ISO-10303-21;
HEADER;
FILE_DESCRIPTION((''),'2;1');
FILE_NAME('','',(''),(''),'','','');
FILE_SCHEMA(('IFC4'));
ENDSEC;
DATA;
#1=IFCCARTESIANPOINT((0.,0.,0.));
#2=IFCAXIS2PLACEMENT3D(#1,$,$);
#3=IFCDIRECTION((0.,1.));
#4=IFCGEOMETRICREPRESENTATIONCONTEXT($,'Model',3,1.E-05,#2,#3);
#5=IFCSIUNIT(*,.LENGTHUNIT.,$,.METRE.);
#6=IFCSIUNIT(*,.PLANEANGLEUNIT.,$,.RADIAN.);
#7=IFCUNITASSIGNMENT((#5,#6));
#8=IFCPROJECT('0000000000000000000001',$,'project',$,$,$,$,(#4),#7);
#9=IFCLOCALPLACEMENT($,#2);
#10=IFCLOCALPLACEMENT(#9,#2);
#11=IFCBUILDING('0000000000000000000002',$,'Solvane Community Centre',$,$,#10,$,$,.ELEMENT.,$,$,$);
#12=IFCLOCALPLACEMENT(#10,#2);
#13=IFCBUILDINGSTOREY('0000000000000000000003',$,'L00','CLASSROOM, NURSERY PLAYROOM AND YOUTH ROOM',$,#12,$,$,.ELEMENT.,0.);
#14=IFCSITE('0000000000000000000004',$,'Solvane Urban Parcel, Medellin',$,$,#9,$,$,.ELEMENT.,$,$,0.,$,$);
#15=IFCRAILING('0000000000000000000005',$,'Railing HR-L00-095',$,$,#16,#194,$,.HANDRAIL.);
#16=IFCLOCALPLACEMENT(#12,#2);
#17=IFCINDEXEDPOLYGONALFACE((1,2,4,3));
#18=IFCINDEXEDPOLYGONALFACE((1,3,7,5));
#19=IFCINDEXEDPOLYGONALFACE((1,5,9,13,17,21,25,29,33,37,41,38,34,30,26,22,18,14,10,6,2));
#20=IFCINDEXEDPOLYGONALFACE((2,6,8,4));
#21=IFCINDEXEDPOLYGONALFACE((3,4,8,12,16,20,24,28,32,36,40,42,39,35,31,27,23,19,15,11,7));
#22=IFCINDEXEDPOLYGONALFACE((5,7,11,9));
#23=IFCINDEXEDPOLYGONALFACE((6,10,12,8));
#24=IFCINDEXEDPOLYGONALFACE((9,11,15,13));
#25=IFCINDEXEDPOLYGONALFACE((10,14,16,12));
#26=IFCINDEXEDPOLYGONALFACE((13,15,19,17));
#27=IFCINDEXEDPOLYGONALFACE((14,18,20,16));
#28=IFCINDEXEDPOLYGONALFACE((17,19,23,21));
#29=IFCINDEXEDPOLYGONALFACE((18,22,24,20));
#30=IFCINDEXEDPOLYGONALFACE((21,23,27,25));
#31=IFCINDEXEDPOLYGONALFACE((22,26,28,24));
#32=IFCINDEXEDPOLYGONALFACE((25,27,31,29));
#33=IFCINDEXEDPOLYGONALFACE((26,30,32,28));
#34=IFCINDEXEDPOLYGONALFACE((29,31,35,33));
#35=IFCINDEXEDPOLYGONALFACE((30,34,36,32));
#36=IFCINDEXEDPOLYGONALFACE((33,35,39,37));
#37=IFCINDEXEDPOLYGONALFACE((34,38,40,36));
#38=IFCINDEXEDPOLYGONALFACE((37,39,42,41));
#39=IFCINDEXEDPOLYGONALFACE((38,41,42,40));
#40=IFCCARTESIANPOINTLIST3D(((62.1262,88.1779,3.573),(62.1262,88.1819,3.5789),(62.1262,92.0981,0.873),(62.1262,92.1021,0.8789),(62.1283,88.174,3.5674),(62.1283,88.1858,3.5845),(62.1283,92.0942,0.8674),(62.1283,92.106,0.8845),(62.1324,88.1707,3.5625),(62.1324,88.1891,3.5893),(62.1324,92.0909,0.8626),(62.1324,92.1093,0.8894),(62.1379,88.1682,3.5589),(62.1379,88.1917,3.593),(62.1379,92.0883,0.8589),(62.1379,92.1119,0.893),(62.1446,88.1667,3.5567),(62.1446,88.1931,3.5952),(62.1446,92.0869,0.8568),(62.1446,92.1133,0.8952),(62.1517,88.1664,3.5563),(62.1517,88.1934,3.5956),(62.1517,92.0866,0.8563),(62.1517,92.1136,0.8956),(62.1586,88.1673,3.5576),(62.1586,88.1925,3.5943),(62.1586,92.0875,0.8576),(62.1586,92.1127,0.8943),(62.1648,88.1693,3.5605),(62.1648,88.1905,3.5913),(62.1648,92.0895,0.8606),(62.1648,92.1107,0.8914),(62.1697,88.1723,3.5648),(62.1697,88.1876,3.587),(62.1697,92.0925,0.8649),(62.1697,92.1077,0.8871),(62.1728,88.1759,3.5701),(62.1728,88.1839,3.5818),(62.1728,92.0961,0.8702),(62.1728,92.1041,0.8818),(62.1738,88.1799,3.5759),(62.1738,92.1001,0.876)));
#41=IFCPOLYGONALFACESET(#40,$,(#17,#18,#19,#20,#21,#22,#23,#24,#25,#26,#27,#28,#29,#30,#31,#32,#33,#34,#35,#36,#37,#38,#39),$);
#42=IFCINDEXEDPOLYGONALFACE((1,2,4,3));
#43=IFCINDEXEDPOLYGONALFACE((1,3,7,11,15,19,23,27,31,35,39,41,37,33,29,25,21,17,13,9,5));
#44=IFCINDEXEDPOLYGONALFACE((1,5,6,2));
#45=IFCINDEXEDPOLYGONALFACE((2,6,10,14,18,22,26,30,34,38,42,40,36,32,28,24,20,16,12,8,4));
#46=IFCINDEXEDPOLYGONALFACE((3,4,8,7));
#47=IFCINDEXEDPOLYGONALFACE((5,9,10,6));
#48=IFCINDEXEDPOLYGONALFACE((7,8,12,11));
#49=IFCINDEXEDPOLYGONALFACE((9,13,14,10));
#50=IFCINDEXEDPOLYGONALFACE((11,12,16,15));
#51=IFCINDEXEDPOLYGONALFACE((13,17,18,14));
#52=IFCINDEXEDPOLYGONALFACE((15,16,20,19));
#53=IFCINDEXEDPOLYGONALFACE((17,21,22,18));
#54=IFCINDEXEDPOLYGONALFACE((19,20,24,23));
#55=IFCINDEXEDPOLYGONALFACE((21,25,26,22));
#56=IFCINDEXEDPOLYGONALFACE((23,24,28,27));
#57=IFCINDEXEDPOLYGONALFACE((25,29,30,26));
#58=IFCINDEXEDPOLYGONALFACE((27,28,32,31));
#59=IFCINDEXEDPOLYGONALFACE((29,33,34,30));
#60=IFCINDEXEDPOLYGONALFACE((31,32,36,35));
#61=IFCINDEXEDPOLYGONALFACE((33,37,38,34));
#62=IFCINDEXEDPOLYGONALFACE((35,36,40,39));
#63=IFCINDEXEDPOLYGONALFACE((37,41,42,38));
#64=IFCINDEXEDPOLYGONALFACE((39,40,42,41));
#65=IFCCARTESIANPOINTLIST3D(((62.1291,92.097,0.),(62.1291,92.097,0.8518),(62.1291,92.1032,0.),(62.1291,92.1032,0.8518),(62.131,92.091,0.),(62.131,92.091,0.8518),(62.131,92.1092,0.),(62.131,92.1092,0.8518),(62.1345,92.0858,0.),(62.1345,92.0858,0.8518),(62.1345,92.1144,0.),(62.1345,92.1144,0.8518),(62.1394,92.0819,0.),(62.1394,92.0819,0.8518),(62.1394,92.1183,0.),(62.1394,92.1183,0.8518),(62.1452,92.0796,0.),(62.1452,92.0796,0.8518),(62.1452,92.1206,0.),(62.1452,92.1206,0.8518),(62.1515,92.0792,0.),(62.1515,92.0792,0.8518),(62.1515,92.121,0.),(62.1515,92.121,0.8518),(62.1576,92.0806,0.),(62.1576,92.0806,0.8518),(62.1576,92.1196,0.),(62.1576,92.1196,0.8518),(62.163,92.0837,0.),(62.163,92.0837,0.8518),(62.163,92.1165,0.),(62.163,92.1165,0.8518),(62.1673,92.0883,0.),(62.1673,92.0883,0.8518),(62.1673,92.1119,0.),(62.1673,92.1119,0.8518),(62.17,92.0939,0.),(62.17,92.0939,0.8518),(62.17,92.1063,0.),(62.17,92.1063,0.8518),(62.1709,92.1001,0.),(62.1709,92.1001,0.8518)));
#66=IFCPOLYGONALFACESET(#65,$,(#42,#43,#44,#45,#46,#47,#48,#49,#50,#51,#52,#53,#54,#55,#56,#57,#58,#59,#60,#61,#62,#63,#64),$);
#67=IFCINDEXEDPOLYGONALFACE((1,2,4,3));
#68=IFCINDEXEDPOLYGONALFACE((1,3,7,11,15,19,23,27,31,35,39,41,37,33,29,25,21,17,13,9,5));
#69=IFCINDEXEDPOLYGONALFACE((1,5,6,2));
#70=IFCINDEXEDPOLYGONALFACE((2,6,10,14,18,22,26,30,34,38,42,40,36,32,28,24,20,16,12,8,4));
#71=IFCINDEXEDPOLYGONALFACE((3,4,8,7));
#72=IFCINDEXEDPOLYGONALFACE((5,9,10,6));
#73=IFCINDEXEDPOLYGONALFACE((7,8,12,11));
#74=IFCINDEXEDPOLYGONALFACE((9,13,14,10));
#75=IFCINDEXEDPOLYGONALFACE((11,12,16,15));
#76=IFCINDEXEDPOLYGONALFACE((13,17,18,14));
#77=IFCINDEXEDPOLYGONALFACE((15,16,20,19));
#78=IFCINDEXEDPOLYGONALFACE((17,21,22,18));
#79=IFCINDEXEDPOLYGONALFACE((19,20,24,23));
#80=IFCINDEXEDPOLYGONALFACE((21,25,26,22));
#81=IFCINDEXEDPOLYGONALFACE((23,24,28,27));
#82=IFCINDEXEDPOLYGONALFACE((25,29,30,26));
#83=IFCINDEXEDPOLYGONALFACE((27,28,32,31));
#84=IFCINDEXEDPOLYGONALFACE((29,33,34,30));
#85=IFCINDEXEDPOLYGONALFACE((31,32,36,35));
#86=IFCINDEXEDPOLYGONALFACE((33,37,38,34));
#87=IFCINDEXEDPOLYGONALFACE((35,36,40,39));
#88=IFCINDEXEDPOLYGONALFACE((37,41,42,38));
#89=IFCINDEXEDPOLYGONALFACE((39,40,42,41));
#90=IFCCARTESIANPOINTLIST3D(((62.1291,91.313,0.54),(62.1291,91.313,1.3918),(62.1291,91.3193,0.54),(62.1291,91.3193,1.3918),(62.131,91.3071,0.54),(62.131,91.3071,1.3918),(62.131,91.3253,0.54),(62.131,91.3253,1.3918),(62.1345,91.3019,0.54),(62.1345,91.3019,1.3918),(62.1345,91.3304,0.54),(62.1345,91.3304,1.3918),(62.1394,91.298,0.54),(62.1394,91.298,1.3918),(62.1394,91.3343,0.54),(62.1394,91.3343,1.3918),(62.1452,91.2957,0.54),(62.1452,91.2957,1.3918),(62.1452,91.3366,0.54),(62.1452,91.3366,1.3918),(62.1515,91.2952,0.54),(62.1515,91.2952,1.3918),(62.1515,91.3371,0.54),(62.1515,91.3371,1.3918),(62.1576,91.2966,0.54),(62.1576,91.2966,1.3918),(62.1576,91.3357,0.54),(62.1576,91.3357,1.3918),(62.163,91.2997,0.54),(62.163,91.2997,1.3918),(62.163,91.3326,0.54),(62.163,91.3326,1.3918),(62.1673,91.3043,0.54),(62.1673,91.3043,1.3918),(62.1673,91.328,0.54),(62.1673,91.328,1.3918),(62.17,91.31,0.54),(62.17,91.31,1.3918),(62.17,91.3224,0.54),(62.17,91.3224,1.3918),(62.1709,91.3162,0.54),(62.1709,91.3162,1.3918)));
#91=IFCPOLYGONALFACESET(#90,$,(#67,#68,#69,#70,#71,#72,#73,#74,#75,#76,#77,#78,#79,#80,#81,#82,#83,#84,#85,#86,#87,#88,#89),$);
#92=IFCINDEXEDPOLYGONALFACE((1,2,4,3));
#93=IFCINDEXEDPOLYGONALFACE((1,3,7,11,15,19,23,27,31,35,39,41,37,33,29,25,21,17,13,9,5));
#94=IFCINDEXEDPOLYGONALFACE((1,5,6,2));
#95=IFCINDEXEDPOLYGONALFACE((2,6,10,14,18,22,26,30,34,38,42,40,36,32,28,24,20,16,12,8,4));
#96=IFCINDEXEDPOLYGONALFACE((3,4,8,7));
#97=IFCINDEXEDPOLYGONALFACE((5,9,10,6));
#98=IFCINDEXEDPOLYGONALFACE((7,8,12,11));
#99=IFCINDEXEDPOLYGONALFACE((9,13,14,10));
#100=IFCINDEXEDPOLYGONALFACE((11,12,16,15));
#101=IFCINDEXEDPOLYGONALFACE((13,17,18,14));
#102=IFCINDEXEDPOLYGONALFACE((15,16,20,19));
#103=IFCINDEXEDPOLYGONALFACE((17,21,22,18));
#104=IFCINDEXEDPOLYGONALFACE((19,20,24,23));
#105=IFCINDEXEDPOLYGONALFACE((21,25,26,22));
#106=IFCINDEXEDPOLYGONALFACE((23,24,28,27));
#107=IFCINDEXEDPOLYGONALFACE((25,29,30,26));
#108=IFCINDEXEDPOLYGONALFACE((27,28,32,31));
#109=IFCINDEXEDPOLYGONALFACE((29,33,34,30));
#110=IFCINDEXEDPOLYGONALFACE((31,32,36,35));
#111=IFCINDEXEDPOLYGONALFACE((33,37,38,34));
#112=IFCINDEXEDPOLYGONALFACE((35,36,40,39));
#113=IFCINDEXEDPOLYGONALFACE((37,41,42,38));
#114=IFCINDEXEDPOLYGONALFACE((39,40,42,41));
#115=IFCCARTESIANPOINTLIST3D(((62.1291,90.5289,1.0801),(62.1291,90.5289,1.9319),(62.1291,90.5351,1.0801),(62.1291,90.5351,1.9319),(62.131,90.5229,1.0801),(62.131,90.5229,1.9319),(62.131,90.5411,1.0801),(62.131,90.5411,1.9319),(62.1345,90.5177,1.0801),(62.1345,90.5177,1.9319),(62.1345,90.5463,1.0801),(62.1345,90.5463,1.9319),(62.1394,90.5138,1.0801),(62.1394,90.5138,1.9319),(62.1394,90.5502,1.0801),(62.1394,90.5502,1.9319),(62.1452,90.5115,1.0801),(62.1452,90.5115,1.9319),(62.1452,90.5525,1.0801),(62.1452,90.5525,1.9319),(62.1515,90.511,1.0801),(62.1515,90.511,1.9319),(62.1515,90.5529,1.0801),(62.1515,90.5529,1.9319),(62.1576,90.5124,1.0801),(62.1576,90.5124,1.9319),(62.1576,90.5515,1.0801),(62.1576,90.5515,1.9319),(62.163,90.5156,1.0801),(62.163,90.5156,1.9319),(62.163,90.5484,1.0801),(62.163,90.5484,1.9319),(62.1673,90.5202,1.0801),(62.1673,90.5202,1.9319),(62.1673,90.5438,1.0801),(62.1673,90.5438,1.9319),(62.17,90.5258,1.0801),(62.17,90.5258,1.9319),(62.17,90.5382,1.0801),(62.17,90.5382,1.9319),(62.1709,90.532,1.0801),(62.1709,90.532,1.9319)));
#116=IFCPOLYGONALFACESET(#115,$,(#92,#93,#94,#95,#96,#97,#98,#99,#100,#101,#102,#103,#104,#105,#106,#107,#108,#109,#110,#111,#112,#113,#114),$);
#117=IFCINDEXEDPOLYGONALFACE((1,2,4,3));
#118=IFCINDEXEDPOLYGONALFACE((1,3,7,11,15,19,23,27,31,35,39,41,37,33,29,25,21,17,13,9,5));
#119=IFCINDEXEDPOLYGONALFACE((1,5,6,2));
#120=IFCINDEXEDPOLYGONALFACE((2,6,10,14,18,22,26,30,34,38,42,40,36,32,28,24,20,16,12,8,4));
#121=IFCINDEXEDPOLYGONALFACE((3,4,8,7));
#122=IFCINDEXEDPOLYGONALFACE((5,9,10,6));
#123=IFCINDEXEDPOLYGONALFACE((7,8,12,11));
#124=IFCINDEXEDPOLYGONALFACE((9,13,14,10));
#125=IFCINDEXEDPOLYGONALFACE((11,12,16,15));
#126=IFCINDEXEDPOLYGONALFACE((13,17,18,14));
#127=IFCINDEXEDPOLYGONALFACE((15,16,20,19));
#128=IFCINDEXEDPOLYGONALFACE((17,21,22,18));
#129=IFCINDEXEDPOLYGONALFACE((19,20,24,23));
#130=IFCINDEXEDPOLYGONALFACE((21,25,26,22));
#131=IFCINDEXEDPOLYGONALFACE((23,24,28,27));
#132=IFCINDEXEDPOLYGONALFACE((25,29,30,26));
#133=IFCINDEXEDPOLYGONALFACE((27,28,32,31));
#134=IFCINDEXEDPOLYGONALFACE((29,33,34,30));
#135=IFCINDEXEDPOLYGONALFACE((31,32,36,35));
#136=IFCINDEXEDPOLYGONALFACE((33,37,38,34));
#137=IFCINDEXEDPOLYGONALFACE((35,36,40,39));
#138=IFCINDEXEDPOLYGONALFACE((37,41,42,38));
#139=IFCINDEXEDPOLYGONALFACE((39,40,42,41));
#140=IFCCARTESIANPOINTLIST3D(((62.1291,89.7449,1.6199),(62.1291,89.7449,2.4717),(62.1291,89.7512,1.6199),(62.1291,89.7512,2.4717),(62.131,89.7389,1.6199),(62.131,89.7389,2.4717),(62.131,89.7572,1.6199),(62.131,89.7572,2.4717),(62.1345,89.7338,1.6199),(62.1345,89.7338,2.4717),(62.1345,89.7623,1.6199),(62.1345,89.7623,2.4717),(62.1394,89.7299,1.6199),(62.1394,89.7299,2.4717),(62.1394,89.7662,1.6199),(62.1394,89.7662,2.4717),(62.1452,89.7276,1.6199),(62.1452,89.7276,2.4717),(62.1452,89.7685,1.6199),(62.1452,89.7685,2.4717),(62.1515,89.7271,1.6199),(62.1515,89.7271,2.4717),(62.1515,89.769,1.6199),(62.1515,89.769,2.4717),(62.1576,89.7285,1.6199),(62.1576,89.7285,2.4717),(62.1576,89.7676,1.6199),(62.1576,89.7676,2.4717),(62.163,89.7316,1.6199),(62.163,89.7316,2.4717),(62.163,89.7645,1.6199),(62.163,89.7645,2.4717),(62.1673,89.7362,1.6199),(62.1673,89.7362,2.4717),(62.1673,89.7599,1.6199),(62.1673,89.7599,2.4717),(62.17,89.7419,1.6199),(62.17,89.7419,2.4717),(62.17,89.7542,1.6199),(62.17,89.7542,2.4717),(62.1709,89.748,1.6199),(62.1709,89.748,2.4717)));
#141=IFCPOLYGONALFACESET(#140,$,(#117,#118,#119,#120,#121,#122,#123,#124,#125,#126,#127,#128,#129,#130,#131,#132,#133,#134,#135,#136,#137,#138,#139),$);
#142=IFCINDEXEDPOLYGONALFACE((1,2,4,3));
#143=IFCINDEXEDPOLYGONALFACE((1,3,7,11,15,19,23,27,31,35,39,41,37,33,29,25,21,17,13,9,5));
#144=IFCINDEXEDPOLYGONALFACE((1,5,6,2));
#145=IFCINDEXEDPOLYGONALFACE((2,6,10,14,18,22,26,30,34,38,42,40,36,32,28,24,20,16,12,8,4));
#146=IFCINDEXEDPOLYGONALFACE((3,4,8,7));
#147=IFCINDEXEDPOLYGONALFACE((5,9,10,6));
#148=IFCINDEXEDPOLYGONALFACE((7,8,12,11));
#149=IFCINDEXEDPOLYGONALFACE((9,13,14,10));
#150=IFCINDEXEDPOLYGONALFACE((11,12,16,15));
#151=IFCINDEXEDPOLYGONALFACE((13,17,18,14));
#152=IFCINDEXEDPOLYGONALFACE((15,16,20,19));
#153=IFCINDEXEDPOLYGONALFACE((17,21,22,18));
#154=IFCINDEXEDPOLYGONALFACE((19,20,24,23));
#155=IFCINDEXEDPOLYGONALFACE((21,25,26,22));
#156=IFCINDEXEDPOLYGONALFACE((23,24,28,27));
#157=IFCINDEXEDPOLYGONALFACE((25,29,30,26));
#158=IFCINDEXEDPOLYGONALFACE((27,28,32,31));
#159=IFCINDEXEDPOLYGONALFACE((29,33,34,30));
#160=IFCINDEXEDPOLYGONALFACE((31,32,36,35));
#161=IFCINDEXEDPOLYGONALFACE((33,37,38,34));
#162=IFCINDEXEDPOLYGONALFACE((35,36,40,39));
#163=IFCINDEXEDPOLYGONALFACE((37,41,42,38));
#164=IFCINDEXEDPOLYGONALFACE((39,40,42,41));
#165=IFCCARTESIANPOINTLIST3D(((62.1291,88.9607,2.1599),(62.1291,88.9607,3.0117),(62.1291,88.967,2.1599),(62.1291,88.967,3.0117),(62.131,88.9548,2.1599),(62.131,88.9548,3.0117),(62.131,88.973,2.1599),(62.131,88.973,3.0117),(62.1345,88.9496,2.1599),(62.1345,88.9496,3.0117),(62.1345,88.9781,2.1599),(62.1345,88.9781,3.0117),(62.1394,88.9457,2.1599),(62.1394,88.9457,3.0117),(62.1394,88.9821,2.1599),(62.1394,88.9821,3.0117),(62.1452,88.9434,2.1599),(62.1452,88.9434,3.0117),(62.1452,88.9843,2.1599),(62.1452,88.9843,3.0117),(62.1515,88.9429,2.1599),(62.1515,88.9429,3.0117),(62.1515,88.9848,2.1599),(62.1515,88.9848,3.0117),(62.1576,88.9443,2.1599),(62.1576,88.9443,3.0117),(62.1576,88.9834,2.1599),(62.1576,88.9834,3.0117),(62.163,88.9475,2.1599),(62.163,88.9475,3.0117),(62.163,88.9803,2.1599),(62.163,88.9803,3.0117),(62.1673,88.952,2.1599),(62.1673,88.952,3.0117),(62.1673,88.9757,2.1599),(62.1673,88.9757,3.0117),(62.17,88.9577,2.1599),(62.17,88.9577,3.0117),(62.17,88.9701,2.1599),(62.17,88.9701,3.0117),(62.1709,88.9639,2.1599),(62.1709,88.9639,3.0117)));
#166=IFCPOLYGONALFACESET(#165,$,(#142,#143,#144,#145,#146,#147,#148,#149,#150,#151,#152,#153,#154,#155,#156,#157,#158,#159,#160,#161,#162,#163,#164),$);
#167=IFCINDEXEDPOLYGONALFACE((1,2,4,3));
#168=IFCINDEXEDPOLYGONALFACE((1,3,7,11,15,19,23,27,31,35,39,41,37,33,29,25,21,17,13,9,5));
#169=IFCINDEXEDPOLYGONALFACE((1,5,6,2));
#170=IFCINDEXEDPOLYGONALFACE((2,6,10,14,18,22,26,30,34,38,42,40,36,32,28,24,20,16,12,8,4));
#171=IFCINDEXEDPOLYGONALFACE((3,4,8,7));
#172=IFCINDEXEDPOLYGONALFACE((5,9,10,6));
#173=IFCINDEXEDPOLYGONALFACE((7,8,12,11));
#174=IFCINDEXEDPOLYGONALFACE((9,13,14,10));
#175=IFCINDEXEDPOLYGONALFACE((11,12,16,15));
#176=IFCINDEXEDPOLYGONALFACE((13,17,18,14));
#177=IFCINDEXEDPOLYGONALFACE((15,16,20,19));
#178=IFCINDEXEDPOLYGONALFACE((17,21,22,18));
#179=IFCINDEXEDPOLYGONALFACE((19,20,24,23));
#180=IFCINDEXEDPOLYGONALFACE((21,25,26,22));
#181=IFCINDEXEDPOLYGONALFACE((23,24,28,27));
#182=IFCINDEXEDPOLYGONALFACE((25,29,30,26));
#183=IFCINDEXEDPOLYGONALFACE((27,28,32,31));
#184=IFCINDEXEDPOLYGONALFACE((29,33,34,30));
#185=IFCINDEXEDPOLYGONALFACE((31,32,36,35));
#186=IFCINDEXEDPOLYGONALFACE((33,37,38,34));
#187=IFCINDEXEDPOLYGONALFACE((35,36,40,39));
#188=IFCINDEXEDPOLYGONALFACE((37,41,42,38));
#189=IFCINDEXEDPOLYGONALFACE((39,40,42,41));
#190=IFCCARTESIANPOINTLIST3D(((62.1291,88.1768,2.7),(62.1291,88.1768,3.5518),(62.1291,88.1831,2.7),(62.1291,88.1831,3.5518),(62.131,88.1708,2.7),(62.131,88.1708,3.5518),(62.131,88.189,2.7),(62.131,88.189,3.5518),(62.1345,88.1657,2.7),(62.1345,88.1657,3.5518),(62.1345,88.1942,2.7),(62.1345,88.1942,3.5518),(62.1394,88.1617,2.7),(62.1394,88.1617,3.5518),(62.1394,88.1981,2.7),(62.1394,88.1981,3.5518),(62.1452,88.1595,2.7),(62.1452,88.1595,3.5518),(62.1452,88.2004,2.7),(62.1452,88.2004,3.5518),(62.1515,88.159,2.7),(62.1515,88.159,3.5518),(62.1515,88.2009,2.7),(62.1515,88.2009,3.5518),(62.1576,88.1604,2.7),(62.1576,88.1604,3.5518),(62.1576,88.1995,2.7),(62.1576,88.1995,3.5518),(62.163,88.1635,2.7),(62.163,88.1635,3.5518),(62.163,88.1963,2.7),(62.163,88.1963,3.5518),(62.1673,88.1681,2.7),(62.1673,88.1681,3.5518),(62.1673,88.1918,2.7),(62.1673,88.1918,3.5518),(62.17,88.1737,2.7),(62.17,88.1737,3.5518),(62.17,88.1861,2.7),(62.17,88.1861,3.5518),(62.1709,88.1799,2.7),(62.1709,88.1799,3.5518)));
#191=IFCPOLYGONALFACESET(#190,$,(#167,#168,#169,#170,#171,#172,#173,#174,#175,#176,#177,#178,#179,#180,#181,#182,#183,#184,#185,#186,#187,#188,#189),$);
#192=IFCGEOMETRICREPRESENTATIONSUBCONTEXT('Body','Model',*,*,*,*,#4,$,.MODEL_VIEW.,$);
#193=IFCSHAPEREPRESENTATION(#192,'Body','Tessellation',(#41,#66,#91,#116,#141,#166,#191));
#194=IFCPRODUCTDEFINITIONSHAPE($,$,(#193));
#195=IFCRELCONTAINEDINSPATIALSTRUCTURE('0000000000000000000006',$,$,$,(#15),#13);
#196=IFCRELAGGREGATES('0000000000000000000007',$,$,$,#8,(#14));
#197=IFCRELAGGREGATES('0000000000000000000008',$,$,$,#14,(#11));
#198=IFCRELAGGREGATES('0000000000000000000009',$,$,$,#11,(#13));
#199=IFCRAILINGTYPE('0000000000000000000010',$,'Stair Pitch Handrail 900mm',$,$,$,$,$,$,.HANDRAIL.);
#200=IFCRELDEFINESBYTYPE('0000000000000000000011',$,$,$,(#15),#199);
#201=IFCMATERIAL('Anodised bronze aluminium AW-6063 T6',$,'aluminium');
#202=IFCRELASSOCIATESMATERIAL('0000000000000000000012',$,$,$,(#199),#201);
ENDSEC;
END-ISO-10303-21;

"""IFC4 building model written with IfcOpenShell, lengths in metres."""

from ifc_helpers import new_model, si_unit, direction, frame, origin, origin_2d, place, context, subcontext, project, spatial, circle, extrude, material, type_object, element, save


model = new_model("IFC4")

# Units and contexts
model_context = context("Model", 3, precision=1e-05, world=origin(), true_north=direction((0.0, 1.0)))
body_context = subcontext(model_context, "Body", "Model", "MODEL_VIEW")
ifc_project = project(units=[si_unit("LENGTHUNIT", "METRE"), si_unit("PLANEANGLEUNIT", "RADIAN")], contexts=[model_context])

# Site, building, storey
site_placement = place(None, origin())
site = spatial("IfcSite", under=ifc_project, at=site_placement, Name="Solvane Urban Parcel, Medellin", CompositionType="ELEMENT", RefElevation=0.0)
building_placement = place(site_placement, origin())
building = spatial("IfcBuilding", under=site, at=building_placement, Name="Solvane Community Centre", CompositionType="ELEMENT")
storey_placement = place(building_placement, origin())
storey = spatial("IfcBuildingStorey", under=building, at=storey_placement, Name="L00", Description="CLASSROOM, NURSERY PLAYROOM AND YOUTH ROOM", CompositionType="ELEMENT", Elevation=0.0)

# Shared definitions
ifc_material_1 = material(Name="Anodised bronze aluminium AW-6063 T6", Category="aluminium")

# Railing
railing_type = type_object("IfcRailingType", Name="Stair Pitch Handrail 900mm", PredefinedType="HANDRAIL", material=ifc_material_1)
railing_1_placement = place(storey_placement, frame((62.1499, 92.1001, 0.0)))
element("IfcRailing", 1, at=railing_1_placement, inside=storey, type_object=railing_type, Name="Railing HR-L00-095", PredefinedType="HANDRAIL", context=body_context, shape_type="SweptSolid", body=[
    extrude(circle(Radius=0.0239, at=origin_2d()), frame((0.0, 0.0, 0.876), z_axis=(0.0, -0.823567, 0.567219), x_axis=(1.0, 0.0, 0.0)), (0.0, 0.0, 1.0), 4.76),
    extrude(circle(Radius=0.021, at=origin_2d()), origin(), (0.0, 0.0, 1.0), 0.8518),
    extrude(circle(Radius=0.021, at=origin_2d()), frame((0.0, -0.7839, 0.54)), (0.0, 0.0, 1.0), 0.8518),
    extrude(circle(Radius=0.021, at=origin_2d()), frame((0.0, -1.5681, 1.0801)), (0.0, 0.0, 1.0), 0.8518),
    extrude(circle(Radius=0.021, at=origin_2d()), frame((0.0, -2.3521, 1.6199)), (0.0, 0.0, 1.0), 0.8518),
    extrude(circle(Radius=0.021, at=origin_2d()), frame((0.0, -3.1362, 2.1599)), (0.0, 0.0, 1.0), 0.8518),
    extrude(circle(Radius=0.021, at=origin_2d()), frame((0.0, -3.9202, 2.7)), (0.0, 0.0, 1.0), 0.8518),
])

save(model, "model.ifc")
